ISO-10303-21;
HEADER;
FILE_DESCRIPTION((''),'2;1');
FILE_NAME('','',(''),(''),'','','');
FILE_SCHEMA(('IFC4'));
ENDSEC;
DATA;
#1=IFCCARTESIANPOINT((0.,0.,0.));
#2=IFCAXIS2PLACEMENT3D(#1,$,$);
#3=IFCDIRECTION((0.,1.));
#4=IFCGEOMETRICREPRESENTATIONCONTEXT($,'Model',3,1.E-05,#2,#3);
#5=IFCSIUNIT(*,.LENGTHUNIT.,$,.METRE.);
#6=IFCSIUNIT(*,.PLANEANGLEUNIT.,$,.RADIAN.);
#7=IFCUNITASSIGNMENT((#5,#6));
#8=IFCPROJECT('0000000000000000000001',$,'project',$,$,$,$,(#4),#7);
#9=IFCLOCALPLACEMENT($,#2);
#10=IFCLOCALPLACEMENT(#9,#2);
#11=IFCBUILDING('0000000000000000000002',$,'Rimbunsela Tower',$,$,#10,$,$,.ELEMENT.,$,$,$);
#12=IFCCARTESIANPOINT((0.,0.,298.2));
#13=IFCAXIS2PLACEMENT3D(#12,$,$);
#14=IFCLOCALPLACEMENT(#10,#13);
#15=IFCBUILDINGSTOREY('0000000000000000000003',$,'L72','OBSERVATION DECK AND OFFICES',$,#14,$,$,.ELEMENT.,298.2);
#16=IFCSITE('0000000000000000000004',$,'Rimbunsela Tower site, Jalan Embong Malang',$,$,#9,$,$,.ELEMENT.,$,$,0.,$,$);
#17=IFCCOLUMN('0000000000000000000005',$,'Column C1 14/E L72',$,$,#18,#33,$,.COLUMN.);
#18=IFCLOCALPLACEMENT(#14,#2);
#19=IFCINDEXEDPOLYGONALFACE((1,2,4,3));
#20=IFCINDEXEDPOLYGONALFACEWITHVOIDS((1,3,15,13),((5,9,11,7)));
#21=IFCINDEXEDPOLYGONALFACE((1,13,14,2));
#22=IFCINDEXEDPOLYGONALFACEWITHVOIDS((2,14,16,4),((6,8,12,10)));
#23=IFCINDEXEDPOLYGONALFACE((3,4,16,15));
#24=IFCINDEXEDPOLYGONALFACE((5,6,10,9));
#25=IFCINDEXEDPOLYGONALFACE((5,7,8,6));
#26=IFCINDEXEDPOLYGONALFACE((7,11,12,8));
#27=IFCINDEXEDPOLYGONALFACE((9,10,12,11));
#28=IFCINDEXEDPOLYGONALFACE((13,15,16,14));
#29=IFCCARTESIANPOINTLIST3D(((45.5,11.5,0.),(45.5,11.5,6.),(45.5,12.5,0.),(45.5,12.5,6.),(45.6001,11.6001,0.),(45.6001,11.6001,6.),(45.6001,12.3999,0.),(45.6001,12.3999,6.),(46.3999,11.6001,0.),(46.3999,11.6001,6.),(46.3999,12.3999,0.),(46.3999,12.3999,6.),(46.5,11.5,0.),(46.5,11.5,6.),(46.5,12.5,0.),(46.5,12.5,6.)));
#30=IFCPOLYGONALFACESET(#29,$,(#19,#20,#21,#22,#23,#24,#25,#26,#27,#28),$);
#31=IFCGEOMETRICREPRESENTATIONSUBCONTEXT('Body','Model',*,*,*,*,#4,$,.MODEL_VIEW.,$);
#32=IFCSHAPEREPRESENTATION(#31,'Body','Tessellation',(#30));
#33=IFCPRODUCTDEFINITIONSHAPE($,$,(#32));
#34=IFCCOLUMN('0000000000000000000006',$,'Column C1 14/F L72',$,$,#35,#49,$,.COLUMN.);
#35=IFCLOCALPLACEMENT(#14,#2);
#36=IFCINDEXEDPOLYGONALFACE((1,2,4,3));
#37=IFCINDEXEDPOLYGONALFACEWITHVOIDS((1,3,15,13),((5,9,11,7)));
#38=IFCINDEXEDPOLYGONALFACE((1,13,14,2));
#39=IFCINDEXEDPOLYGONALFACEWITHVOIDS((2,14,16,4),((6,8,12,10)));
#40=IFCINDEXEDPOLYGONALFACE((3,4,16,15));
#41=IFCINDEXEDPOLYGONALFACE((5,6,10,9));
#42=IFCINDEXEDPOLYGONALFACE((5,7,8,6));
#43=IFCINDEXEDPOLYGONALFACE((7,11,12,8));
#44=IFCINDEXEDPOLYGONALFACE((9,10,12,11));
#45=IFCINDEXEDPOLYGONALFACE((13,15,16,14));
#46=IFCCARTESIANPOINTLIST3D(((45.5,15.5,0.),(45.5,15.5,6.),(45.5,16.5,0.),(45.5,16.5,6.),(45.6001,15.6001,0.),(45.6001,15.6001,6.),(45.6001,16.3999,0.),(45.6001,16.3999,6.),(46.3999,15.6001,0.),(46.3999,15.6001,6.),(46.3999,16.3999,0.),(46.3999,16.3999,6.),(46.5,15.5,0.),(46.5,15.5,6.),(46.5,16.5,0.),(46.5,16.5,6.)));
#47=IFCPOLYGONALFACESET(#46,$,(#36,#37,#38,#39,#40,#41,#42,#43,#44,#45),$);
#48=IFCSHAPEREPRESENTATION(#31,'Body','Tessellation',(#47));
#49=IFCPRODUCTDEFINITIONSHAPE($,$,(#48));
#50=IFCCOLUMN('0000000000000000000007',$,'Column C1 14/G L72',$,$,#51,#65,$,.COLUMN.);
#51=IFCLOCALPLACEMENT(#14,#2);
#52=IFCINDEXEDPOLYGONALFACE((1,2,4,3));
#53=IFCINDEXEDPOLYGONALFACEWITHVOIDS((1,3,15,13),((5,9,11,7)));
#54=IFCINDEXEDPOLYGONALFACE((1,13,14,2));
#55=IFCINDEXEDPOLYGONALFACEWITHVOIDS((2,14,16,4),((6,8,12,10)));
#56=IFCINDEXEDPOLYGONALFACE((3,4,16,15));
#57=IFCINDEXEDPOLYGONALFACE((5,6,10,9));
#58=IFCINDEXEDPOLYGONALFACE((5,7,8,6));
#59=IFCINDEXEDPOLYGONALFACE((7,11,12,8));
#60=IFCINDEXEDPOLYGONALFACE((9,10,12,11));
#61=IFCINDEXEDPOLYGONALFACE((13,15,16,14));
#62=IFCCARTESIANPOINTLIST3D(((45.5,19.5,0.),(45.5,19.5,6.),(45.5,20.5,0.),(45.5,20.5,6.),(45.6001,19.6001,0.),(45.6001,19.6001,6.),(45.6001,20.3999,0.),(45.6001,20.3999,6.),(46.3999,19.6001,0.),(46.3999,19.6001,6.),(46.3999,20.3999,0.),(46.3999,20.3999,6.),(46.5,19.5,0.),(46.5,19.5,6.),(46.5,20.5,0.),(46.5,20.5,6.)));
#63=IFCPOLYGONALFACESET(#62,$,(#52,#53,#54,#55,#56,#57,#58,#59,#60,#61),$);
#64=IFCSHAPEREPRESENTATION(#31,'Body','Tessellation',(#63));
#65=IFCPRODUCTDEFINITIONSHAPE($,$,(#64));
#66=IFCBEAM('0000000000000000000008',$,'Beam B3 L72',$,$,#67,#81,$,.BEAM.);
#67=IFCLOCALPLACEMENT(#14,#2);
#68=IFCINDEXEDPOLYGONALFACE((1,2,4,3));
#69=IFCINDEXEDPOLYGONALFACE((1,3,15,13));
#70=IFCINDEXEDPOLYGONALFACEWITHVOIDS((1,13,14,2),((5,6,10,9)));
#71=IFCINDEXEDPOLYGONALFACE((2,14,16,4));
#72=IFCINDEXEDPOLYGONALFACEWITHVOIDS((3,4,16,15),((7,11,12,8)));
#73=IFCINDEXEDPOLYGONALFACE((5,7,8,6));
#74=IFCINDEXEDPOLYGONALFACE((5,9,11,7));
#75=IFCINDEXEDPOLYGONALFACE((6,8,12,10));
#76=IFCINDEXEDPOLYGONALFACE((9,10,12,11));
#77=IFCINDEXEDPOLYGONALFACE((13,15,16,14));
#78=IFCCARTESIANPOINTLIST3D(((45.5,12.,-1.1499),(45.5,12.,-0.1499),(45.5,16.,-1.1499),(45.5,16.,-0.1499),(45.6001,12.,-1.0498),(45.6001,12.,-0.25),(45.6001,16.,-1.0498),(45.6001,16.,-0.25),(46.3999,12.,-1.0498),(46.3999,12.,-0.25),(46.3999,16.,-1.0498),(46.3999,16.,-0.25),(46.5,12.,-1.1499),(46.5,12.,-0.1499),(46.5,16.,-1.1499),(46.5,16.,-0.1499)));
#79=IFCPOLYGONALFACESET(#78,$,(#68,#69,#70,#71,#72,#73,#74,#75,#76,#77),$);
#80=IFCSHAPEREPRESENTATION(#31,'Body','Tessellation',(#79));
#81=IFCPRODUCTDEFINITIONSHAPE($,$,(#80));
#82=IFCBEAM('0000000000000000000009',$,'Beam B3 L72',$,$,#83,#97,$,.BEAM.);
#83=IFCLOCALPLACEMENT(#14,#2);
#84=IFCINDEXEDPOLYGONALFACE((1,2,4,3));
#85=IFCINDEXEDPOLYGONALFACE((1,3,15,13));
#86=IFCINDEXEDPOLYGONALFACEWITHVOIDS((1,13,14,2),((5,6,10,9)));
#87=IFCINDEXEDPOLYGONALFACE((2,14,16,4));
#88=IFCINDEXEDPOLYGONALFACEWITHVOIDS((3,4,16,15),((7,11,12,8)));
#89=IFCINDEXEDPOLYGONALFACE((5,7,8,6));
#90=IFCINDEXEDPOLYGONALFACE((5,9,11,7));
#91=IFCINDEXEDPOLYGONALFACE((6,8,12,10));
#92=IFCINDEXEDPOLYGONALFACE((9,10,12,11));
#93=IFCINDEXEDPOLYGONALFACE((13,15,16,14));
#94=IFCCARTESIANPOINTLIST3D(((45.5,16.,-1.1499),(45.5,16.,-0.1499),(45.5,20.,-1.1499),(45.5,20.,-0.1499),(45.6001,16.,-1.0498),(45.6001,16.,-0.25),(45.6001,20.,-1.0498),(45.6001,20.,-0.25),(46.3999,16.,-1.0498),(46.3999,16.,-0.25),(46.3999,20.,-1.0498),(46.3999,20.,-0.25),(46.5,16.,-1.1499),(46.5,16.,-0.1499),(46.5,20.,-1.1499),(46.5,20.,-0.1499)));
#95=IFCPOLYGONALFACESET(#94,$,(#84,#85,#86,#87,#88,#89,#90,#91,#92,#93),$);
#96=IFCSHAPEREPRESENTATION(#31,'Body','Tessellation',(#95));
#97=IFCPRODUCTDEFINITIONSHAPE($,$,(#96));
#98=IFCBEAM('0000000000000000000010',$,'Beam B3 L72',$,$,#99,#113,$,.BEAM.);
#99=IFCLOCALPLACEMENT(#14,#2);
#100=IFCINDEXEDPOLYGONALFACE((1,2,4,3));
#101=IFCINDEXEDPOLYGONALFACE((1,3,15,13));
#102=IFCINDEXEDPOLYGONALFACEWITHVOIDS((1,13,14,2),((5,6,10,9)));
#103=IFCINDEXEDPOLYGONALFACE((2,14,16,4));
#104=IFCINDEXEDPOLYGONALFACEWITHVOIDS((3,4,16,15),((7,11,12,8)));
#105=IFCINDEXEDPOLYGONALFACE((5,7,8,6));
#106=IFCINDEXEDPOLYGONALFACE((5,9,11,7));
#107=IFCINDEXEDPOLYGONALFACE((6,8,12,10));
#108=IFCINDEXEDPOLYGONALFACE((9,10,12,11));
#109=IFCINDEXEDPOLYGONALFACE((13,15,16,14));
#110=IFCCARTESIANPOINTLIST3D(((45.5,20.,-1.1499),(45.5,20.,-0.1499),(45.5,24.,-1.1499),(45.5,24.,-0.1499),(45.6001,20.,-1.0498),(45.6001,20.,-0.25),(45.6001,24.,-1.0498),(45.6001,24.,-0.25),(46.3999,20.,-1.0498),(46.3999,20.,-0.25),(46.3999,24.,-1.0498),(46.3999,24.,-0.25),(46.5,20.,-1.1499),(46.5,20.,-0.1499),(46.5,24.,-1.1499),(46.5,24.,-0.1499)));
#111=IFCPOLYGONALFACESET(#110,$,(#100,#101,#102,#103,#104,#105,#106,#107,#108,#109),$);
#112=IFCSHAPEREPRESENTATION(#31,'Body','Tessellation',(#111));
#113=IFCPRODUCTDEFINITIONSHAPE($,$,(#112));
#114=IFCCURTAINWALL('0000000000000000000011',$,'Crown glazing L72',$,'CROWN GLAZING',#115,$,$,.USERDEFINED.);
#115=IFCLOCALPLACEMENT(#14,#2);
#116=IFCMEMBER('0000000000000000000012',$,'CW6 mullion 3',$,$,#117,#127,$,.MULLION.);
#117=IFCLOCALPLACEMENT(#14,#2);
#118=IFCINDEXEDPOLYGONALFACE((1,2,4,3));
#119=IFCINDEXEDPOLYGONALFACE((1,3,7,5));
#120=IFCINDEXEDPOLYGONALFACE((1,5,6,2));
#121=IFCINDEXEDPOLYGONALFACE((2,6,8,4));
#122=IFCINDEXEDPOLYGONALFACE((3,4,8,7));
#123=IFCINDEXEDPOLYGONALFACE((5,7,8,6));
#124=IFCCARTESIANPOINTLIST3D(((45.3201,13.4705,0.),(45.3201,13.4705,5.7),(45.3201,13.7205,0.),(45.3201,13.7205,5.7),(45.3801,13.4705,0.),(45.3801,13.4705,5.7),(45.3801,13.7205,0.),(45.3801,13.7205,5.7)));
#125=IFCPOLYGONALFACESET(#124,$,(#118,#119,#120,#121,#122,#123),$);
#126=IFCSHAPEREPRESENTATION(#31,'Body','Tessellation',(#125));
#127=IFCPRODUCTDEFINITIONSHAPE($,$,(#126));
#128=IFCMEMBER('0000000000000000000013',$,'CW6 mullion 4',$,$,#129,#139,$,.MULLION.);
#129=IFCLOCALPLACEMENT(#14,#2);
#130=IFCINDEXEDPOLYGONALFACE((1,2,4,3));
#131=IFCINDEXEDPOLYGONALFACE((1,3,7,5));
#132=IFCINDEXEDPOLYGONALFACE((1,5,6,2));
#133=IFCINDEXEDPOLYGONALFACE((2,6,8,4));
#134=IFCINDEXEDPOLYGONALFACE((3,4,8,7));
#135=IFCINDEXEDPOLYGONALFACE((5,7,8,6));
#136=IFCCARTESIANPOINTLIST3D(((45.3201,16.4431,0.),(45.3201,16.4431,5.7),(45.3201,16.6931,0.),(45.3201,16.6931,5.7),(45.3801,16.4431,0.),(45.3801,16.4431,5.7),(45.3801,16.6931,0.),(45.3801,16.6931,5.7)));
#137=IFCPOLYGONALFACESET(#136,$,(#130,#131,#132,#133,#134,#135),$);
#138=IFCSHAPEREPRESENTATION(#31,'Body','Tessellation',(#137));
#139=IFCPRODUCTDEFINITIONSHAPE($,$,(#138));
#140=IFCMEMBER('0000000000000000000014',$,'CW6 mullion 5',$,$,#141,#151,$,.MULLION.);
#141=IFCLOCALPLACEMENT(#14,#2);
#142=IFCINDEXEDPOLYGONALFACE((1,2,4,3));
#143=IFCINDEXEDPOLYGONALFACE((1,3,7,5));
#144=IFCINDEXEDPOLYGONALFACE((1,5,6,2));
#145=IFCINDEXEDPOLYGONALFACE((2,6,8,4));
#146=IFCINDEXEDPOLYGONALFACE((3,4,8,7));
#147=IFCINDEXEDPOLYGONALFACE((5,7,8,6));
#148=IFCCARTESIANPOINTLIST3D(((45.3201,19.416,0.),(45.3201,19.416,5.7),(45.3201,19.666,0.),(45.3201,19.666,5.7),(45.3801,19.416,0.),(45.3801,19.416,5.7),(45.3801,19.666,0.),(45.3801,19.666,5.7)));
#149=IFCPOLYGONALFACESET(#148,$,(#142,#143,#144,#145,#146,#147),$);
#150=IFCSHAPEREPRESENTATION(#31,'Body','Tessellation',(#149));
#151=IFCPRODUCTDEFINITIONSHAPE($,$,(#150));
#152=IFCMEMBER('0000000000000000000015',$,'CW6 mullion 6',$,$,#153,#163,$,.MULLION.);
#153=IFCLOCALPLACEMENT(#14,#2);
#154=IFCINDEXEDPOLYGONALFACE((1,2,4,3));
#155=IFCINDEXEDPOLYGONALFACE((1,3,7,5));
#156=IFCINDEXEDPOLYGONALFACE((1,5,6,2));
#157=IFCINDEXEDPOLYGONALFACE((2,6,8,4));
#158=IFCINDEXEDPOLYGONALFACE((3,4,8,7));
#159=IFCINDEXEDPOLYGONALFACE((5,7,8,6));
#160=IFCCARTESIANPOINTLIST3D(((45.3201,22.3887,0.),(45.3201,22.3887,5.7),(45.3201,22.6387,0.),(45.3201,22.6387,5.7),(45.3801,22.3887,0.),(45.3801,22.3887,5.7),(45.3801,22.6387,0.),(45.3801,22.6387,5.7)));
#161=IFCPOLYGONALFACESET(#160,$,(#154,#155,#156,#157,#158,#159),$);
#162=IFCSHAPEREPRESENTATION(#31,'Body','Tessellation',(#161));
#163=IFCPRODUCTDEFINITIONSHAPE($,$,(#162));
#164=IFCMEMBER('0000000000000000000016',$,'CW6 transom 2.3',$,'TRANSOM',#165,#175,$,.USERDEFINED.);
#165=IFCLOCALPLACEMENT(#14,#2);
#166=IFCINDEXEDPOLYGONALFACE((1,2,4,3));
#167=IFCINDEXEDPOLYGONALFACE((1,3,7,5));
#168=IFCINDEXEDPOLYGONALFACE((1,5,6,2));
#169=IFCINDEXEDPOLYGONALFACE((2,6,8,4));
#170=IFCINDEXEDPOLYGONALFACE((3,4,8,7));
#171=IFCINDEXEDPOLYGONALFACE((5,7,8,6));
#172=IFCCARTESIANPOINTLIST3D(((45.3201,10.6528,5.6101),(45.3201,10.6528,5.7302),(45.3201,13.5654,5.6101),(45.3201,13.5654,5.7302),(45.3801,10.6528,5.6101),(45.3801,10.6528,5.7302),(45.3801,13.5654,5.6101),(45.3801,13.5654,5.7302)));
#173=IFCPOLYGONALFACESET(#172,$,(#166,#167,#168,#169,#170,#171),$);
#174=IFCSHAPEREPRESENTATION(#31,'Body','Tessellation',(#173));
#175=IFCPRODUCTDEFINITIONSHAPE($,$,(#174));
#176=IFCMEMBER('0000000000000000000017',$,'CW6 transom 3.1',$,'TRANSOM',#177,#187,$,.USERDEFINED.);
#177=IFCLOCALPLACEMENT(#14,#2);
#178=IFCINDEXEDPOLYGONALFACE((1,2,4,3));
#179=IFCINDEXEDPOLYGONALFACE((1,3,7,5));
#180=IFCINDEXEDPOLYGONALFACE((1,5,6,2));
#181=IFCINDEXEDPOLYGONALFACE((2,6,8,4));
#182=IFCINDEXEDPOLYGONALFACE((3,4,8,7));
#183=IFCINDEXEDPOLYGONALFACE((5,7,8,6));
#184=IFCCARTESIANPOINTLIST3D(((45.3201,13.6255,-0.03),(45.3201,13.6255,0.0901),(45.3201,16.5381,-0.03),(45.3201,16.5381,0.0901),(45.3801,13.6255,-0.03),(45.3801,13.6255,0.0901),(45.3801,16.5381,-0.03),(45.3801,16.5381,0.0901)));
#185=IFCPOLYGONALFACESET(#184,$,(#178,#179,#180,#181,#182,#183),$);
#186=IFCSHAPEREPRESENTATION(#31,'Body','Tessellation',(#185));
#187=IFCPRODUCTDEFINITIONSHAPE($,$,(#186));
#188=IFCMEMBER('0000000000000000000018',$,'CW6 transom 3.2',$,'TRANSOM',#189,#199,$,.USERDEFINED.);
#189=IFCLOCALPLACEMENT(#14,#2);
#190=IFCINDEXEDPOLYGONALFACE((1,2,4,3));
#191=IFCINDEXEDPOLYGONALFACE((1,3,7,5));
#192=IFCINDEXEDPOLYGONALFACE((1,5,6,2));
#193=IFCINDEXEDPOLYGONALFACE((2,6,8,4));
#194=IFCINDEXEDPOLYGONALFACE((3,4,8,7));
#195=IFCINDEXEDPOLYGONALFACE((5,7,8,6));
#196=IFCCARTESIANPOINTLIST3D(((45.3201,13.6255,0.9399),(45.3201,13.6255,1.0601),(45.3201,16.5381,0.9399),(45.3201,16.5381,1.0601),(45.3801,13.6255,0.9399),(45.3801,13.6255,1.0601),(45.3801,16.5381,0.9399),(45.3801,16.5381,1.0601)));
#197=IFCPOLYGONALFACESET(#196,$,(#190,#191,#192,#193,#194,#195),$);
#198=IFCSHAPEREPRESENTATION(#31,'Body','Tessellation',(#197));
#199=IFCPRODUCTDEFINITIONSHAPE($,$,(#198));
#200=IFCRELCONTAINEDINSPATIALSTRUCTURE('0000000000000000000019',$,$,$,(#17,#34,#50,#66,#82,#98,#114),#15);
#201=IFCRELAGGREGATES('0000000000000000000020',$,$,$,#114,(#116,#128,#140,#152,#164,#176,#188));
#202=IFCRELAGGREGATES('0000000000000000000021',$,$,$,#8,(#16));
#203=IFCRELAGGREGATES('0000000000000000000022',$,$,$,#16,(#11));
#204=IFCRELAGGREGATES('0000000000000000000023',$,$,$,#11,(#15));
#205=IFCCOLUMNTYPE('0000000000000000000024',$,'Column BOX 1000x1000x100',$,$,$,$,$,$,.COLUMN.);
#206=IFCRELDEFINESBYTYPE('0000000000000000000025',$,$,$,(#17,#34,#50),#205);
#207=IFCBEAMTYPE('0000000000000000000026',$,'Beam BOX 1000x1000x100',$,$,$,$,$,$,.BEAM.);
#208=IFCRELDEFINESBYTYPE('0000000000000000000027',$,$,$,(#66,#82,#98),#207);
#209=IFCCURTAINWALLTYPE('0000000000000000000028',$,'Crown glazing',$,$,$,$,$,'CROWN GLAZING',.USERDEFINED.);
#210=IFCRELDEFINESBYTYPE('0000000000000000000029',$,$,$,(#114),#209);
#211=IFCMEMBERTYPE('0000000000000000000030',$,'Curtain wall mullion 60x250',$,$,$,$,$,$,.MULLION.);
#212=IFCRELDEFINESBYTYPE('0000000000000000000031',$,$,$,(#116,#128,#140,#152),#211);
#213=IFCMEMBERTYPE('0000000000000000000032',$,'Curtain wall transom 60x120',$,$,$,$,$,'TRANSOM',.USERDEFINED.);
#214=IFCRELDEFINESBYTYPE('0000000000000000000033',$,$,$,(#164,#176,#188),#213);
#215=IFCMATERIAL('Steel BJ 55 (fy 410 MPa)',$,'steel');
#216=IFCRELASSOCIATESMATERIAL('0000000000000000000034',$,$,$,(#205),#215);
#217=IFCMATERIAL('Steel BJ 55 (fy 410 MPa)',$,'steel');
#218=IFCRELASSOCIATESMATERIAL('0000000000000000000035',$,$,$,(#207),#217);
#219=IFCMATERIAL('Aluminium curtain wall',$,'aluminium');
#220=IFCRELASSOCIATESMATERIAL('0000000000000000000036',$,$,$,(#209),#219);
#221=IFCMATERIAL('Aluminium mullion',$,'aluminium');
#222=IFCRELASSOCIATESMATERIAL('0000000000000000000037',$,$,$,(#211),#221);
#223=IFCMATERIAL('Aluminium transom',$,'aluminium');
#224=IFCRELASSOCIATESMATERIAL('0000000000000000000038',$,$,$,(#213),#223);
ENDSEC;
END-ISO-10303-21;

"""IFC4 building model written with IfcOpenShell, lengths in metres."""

from ifc_helpers import new_model, si_unit, direction, frame, origin, origin_2d, place, context, subcontext, project, spatial, rectangle, hollow_rectangle, extrude, material, material_profile, profile_set, type_object, element, aggregate, save


model = new_model("IFC4")

# Units and contexts
model_context = context("Model", 3, precision=1e-05, world=origin(), true_north=direction((0.0, 1.0)))
body_context = subcontext(model_context, "Body", "Model", "MODEL_VIEW")
ifc_project = project(units=[si_unit("LENGTHUNIT", "METRE"), si_unit("PLANEANGLEUNIT", "RADIAN")], contexts=[model_context])

# Site, building, storey
site_placement = place(None, origin())
site = spatial("IfcSite", under=ifc_project, at=site_placement, Name="Rimbunsela Tower site, Jalan Embong Malang", CompositionType="ELEMENT", RefElevation=0.0)
building_placement = place(site_placement, origin())
building = spatial("IfcBuilding", under=site, at=building_placement, Name="Rimbunsela Tower", CompositionType="ELEMENT")
storey_placement = place(building_placement, frame((0.0, 0.0, 298.2)))
storey = spatial("IfcBuildingStorey", under=building, at=storey_placement, Name="L72", Description="OBSERVATION DECK AND OFFICES", CompositionType="ELEMENT", Elevation=298.2)

# Columns
ifc_material_1 = material(Name="Steel BJ 55 (fy 410 MPa)", Category="steel")
ifc_material_profile_1 = material_profile(ifc_material_1, hollow_rectangle(XDim=1.0, YDim=1.0, WallThickness=0.1001, at=origin_2d()), Name="BOX 1000x1000x100")
ifc_profile_set_1 = profile_set([ifc_material_profile_1], Name="Steel BJ 55 (fy 410 MPa)")
column_type = type_object("IfcColumnType", Name="Column BOX 1000x1000x100", PredefinedType="COLUMN", material=ifc_profile_set_1)
for number, where, z_axis, x_axis, name in (
    (1, (46.0, 12.0, 0.0), (0.0, 0.0, 1.0), (1.0, 0.0, 0.0), "Column C1 14/E L72"),
    (2, (46.0, 16.0, 0.0), (0.0, 0.0, 1.0), (1.0, 0.0, 0.0), "Column C1 14/F L72"),
    (3, (46.0, 20.0, 0.0), (0.0, 0.0, 1.0), (1.0, 0.0, 0.0), "Column C1 14/G L72"),
):
    element("IfcColumn", number, at=place(storey_placement, frame(where, z_axis=z_axis, x_axis=x_axis)), inside=storey, type_object=column_type, Name=name, PredefinedType="COLUMN", context=body_context, shape_type="SweptSolid", body=[
        extrude(hollow_rectangle(XDim=1.0, YDim=1.0, WallThickness=0.1001, at=origin_2d()), origin(), (0.0, 0.0, 1.0), 6.0),
    ])

# Beams
ifc_material_2 = material(Name="Steel BJ 55 (fy 410 MPa)", Category="steel")
ifc_material_profile_2 = material_profile(ifc_material_2, hollow_rectangle(XDim=1.0, YDim=1.0, WallThickness=0.1001, at=origin_2d()), Name="BOX 1000x1000x100")
ifc_profile_set_2 = profile_set([ifc_material_profile_2], Name="Steel BJ 55 (fy 410 MPa)")
beam_type = type_object("IfcBeamType", Name="Beam BOX 1000x1000x100", PredefinedType="BEAM", material=ifc_profile_set_2)
for number, where, z_axis, x_axis, name in (
    (4, (46.0, 12.0, -0.6499), (0.0, 1.0, 0.0), (-1.0, 0.0, 0.0), "Beam B3 L72"),
    (5, (46.0, 16.0, -0.6499), (0.0, 1.0, 0.0), (-1.0, 0.0, 0.0), "Beam B3 L72"),
    (6, (46.0, 20.0, -0.6499), (0.0, 1.0, 0.0), (-1.0, 0.0, 0.0), "Beam B3 L72"),
):
    element("IfcBeam", number, at=place(storey_placement, frame(where, z_axis=z_axis, x_axis=x_axis)), inside=storey, type_object=beam_type, Name=name, PredefinedType="BEAM", context=body_context, shape_type="SweptSolid", body=[
        extrude(hollow_rectangle(XDim=1.0, YDim=1.0, WallThickness=0.1001, at=origin_2d()), origin(), (0.0, 0.0, 1.0), 4.0),
    ])

# Curtain wall, members
ifc_material_3 = material(Name="Aluminium curtain wall", Category="aluminium")
curtain_wall_type = type_object("IfcCurtainWallType", Name="Crown glazing", ElementType="CROWN GLAZING", PredefinedType="USERDEFINED", material=ifc_material_3)
curtain_wall_placement = place(storey_placement, origin())
curtain_wall = element("IfcCurtainWall", 7, at=curtain_wall_placement, inside=storey, type_object=curtain_wall_type, Name="Crown glazing L72", ObjectType="CROWN GLAZING", PredefinedType="USERDEFINED")
ifc_material_4 = material(Name="Aluminium mullion", Category="aluminium")
ifc_material_profile_3 = material_profile(ifc_material_4, rectangle(XDim=0.0601, YDim=0.25, at=origin_2d()), Name="Mullion 60x250")
ifc_profile_set_3 = profile_set([ifc_material_profile_3], Name="Aluminium mullion")
member_type_1 = type_object("IfcMemberType", Name="Curtain wall mullion 60x250", PredefinedType="MULLION", material=ifc_profile_set_3)
member_1_placement = place(storey_placement, frame((45.3501, 13.5955, 0.0), z_axis=(0.0, 0.0, 1.0), x_axis=(-1.0, 0.0, 0.0)))
member_1 = element("IfcMember", 8, at=member_1_placement, type_object=member_type_1, Name="CW6 mullion 3", PredefinedType="MULLION", context=body_context, shape_type="SweptSolid", body=[
    extrude(rectangle(XDim=0.0601, YDim=0.25, at=origin_2d()), origin(), (0.0, 0.0, 1.0), 5.7),
])
member_2_placement = place(storey_placement, frame((45.3501, 16.5681, 0.0), z_axis=(0.0, 0.0, 1.0), x_axis=(-1.0, 0.0, 0.0)))
member_2 = element("IfcMember", 9, at=member_2_placement, type_object=member_type_1, Name="CW6 mullion 4", PredefinedType="MULLION", context=body_context, shape_type="SweptSolid", body=[
    extrude(rectangle(XDim=0.0601, YDim=0.25, at=origin_2d()), origin(), (0.0, 0.0, 1.0), 5.7),
])
member_3_placement = place(storey_placement, frame((45.3501, 19.541, 0.0), z_axis=(0.0, 0.0, 1.0), x_axis=(-1.0, 0.0, 0.0)))
member_3 = element("IfcMember", 10, at=member_3_placement, type_object=member_type_1, Name="CW6 mullion 5", PredefinedType="MULLION", context=body_context, shape_type="SweptSolid", body=[
    extrude(rectangle(XDim=0.0601, YDim=0.25, at=origin_2d()), origin(), (0.0, 0.0, 1.0), 5.7),
])
member_4_placement = place(storey_placement, frame((45.3501, 22.5137, 0.0), z_axis=(0.0, 0.0, 1.0), x_axis=(-1.0, 0.0, 0.0)))
member_4 = element("IfcMember", 11, at=member_4_placement, type_object=member_type_1, Name="CW6 mullion 6", PredefinedType="MULLION", context=body_context, shape_type="SweptSolid", body=[
    extrude(rectangle(XDim=0.0601, YDim=0.25, at=origin_2d()), origin(), (0.0, 0.0, 1.0), 5.7),
])
ifc_material_5 = material(Name="Aluminium transom", Category="aluminium")
ifc_material_profile_4 = material_profile(ifc_material_5, rectangle(XDim=0.0601, YDim=0.1201, at=origin_2d()), Name="Transom 60x120")
ifc_profile_set_4 = profile_set([ifc_material_profile_4], Name="Aluminium transom")
member_type_2 = type_object("IfcMemberType", Name="Curtain wall transom 60x120", ElementType="TRANSOM", PredefinedType="USERDEFINED", material=ifc_profile_set_4)
member_5_placement = place(storey_placement, frame((45.3501, 10.6528, 5.6702), z_axis=(0.0, 1.0, 0.0), x_axis=(-1.0, 0.0, 0.0)))
member_5 = element("IfcMember", 12, at=member_5_placement, type_object=member_type_2, Name="CW6 transom 2.3", ObjectType="TRANSOM", PredefinedType="USERDEFINED", context=body_context, shape_type="SweptSolid", body=[
    extrude(rectangle(XDim=0.0601, YDim=0.1201, at=origin_2d()), origin(), (0.0, 0.0, 1.0), 2.9126),
])
member_6_placement = place(storey_placement, frame((45.3501, 13.6255, 0.03), z_axis=(0.0, 1.0, 0.0), x_axis=(-1.0, 0.0, 0.0)))
member_6 = element("IfcMember", 13, at=member_6_placement, type_object=member_type_2, Name="CW6 transom 3.1", ObjectType="TRANSOM", PredefinedType="USERDEFINED", context=body_context, shape_type="SweptSolid", body=[
    extrude(rectangle(XDim=0.0601, YDim=0.1201, at=origin_2d()), origin(), (0.0, 0.0, 1.0), 2.9126),
])
member_7_placement = place(storey_placement, frame((45.3501, 13.6255, 1.0), z_axis=(0.0, 1.0, 0.0), x_axis=(-1.0, 0.0, 0.0)))
member_7 = element("IfcMember", 14, at=member_7_placement, type_object=member_type_2, Name="CW6 transom 3.2", ObjectType="TRANSOM", PredefinedType="USERDEFINED", context=body_context, shape_type="SweptSolid", body=[
    extrude(rectangle(XDim=0.0601, YDim=0.1201, at=origin_2d()), origin(), (0.0, 0.0, 1.0), 2.9126),
])
aggregate(curtain_wall, [member_1, member_2, member_3, member_4, member_5, member_6, member_7])

save(model, "model.ifc")
